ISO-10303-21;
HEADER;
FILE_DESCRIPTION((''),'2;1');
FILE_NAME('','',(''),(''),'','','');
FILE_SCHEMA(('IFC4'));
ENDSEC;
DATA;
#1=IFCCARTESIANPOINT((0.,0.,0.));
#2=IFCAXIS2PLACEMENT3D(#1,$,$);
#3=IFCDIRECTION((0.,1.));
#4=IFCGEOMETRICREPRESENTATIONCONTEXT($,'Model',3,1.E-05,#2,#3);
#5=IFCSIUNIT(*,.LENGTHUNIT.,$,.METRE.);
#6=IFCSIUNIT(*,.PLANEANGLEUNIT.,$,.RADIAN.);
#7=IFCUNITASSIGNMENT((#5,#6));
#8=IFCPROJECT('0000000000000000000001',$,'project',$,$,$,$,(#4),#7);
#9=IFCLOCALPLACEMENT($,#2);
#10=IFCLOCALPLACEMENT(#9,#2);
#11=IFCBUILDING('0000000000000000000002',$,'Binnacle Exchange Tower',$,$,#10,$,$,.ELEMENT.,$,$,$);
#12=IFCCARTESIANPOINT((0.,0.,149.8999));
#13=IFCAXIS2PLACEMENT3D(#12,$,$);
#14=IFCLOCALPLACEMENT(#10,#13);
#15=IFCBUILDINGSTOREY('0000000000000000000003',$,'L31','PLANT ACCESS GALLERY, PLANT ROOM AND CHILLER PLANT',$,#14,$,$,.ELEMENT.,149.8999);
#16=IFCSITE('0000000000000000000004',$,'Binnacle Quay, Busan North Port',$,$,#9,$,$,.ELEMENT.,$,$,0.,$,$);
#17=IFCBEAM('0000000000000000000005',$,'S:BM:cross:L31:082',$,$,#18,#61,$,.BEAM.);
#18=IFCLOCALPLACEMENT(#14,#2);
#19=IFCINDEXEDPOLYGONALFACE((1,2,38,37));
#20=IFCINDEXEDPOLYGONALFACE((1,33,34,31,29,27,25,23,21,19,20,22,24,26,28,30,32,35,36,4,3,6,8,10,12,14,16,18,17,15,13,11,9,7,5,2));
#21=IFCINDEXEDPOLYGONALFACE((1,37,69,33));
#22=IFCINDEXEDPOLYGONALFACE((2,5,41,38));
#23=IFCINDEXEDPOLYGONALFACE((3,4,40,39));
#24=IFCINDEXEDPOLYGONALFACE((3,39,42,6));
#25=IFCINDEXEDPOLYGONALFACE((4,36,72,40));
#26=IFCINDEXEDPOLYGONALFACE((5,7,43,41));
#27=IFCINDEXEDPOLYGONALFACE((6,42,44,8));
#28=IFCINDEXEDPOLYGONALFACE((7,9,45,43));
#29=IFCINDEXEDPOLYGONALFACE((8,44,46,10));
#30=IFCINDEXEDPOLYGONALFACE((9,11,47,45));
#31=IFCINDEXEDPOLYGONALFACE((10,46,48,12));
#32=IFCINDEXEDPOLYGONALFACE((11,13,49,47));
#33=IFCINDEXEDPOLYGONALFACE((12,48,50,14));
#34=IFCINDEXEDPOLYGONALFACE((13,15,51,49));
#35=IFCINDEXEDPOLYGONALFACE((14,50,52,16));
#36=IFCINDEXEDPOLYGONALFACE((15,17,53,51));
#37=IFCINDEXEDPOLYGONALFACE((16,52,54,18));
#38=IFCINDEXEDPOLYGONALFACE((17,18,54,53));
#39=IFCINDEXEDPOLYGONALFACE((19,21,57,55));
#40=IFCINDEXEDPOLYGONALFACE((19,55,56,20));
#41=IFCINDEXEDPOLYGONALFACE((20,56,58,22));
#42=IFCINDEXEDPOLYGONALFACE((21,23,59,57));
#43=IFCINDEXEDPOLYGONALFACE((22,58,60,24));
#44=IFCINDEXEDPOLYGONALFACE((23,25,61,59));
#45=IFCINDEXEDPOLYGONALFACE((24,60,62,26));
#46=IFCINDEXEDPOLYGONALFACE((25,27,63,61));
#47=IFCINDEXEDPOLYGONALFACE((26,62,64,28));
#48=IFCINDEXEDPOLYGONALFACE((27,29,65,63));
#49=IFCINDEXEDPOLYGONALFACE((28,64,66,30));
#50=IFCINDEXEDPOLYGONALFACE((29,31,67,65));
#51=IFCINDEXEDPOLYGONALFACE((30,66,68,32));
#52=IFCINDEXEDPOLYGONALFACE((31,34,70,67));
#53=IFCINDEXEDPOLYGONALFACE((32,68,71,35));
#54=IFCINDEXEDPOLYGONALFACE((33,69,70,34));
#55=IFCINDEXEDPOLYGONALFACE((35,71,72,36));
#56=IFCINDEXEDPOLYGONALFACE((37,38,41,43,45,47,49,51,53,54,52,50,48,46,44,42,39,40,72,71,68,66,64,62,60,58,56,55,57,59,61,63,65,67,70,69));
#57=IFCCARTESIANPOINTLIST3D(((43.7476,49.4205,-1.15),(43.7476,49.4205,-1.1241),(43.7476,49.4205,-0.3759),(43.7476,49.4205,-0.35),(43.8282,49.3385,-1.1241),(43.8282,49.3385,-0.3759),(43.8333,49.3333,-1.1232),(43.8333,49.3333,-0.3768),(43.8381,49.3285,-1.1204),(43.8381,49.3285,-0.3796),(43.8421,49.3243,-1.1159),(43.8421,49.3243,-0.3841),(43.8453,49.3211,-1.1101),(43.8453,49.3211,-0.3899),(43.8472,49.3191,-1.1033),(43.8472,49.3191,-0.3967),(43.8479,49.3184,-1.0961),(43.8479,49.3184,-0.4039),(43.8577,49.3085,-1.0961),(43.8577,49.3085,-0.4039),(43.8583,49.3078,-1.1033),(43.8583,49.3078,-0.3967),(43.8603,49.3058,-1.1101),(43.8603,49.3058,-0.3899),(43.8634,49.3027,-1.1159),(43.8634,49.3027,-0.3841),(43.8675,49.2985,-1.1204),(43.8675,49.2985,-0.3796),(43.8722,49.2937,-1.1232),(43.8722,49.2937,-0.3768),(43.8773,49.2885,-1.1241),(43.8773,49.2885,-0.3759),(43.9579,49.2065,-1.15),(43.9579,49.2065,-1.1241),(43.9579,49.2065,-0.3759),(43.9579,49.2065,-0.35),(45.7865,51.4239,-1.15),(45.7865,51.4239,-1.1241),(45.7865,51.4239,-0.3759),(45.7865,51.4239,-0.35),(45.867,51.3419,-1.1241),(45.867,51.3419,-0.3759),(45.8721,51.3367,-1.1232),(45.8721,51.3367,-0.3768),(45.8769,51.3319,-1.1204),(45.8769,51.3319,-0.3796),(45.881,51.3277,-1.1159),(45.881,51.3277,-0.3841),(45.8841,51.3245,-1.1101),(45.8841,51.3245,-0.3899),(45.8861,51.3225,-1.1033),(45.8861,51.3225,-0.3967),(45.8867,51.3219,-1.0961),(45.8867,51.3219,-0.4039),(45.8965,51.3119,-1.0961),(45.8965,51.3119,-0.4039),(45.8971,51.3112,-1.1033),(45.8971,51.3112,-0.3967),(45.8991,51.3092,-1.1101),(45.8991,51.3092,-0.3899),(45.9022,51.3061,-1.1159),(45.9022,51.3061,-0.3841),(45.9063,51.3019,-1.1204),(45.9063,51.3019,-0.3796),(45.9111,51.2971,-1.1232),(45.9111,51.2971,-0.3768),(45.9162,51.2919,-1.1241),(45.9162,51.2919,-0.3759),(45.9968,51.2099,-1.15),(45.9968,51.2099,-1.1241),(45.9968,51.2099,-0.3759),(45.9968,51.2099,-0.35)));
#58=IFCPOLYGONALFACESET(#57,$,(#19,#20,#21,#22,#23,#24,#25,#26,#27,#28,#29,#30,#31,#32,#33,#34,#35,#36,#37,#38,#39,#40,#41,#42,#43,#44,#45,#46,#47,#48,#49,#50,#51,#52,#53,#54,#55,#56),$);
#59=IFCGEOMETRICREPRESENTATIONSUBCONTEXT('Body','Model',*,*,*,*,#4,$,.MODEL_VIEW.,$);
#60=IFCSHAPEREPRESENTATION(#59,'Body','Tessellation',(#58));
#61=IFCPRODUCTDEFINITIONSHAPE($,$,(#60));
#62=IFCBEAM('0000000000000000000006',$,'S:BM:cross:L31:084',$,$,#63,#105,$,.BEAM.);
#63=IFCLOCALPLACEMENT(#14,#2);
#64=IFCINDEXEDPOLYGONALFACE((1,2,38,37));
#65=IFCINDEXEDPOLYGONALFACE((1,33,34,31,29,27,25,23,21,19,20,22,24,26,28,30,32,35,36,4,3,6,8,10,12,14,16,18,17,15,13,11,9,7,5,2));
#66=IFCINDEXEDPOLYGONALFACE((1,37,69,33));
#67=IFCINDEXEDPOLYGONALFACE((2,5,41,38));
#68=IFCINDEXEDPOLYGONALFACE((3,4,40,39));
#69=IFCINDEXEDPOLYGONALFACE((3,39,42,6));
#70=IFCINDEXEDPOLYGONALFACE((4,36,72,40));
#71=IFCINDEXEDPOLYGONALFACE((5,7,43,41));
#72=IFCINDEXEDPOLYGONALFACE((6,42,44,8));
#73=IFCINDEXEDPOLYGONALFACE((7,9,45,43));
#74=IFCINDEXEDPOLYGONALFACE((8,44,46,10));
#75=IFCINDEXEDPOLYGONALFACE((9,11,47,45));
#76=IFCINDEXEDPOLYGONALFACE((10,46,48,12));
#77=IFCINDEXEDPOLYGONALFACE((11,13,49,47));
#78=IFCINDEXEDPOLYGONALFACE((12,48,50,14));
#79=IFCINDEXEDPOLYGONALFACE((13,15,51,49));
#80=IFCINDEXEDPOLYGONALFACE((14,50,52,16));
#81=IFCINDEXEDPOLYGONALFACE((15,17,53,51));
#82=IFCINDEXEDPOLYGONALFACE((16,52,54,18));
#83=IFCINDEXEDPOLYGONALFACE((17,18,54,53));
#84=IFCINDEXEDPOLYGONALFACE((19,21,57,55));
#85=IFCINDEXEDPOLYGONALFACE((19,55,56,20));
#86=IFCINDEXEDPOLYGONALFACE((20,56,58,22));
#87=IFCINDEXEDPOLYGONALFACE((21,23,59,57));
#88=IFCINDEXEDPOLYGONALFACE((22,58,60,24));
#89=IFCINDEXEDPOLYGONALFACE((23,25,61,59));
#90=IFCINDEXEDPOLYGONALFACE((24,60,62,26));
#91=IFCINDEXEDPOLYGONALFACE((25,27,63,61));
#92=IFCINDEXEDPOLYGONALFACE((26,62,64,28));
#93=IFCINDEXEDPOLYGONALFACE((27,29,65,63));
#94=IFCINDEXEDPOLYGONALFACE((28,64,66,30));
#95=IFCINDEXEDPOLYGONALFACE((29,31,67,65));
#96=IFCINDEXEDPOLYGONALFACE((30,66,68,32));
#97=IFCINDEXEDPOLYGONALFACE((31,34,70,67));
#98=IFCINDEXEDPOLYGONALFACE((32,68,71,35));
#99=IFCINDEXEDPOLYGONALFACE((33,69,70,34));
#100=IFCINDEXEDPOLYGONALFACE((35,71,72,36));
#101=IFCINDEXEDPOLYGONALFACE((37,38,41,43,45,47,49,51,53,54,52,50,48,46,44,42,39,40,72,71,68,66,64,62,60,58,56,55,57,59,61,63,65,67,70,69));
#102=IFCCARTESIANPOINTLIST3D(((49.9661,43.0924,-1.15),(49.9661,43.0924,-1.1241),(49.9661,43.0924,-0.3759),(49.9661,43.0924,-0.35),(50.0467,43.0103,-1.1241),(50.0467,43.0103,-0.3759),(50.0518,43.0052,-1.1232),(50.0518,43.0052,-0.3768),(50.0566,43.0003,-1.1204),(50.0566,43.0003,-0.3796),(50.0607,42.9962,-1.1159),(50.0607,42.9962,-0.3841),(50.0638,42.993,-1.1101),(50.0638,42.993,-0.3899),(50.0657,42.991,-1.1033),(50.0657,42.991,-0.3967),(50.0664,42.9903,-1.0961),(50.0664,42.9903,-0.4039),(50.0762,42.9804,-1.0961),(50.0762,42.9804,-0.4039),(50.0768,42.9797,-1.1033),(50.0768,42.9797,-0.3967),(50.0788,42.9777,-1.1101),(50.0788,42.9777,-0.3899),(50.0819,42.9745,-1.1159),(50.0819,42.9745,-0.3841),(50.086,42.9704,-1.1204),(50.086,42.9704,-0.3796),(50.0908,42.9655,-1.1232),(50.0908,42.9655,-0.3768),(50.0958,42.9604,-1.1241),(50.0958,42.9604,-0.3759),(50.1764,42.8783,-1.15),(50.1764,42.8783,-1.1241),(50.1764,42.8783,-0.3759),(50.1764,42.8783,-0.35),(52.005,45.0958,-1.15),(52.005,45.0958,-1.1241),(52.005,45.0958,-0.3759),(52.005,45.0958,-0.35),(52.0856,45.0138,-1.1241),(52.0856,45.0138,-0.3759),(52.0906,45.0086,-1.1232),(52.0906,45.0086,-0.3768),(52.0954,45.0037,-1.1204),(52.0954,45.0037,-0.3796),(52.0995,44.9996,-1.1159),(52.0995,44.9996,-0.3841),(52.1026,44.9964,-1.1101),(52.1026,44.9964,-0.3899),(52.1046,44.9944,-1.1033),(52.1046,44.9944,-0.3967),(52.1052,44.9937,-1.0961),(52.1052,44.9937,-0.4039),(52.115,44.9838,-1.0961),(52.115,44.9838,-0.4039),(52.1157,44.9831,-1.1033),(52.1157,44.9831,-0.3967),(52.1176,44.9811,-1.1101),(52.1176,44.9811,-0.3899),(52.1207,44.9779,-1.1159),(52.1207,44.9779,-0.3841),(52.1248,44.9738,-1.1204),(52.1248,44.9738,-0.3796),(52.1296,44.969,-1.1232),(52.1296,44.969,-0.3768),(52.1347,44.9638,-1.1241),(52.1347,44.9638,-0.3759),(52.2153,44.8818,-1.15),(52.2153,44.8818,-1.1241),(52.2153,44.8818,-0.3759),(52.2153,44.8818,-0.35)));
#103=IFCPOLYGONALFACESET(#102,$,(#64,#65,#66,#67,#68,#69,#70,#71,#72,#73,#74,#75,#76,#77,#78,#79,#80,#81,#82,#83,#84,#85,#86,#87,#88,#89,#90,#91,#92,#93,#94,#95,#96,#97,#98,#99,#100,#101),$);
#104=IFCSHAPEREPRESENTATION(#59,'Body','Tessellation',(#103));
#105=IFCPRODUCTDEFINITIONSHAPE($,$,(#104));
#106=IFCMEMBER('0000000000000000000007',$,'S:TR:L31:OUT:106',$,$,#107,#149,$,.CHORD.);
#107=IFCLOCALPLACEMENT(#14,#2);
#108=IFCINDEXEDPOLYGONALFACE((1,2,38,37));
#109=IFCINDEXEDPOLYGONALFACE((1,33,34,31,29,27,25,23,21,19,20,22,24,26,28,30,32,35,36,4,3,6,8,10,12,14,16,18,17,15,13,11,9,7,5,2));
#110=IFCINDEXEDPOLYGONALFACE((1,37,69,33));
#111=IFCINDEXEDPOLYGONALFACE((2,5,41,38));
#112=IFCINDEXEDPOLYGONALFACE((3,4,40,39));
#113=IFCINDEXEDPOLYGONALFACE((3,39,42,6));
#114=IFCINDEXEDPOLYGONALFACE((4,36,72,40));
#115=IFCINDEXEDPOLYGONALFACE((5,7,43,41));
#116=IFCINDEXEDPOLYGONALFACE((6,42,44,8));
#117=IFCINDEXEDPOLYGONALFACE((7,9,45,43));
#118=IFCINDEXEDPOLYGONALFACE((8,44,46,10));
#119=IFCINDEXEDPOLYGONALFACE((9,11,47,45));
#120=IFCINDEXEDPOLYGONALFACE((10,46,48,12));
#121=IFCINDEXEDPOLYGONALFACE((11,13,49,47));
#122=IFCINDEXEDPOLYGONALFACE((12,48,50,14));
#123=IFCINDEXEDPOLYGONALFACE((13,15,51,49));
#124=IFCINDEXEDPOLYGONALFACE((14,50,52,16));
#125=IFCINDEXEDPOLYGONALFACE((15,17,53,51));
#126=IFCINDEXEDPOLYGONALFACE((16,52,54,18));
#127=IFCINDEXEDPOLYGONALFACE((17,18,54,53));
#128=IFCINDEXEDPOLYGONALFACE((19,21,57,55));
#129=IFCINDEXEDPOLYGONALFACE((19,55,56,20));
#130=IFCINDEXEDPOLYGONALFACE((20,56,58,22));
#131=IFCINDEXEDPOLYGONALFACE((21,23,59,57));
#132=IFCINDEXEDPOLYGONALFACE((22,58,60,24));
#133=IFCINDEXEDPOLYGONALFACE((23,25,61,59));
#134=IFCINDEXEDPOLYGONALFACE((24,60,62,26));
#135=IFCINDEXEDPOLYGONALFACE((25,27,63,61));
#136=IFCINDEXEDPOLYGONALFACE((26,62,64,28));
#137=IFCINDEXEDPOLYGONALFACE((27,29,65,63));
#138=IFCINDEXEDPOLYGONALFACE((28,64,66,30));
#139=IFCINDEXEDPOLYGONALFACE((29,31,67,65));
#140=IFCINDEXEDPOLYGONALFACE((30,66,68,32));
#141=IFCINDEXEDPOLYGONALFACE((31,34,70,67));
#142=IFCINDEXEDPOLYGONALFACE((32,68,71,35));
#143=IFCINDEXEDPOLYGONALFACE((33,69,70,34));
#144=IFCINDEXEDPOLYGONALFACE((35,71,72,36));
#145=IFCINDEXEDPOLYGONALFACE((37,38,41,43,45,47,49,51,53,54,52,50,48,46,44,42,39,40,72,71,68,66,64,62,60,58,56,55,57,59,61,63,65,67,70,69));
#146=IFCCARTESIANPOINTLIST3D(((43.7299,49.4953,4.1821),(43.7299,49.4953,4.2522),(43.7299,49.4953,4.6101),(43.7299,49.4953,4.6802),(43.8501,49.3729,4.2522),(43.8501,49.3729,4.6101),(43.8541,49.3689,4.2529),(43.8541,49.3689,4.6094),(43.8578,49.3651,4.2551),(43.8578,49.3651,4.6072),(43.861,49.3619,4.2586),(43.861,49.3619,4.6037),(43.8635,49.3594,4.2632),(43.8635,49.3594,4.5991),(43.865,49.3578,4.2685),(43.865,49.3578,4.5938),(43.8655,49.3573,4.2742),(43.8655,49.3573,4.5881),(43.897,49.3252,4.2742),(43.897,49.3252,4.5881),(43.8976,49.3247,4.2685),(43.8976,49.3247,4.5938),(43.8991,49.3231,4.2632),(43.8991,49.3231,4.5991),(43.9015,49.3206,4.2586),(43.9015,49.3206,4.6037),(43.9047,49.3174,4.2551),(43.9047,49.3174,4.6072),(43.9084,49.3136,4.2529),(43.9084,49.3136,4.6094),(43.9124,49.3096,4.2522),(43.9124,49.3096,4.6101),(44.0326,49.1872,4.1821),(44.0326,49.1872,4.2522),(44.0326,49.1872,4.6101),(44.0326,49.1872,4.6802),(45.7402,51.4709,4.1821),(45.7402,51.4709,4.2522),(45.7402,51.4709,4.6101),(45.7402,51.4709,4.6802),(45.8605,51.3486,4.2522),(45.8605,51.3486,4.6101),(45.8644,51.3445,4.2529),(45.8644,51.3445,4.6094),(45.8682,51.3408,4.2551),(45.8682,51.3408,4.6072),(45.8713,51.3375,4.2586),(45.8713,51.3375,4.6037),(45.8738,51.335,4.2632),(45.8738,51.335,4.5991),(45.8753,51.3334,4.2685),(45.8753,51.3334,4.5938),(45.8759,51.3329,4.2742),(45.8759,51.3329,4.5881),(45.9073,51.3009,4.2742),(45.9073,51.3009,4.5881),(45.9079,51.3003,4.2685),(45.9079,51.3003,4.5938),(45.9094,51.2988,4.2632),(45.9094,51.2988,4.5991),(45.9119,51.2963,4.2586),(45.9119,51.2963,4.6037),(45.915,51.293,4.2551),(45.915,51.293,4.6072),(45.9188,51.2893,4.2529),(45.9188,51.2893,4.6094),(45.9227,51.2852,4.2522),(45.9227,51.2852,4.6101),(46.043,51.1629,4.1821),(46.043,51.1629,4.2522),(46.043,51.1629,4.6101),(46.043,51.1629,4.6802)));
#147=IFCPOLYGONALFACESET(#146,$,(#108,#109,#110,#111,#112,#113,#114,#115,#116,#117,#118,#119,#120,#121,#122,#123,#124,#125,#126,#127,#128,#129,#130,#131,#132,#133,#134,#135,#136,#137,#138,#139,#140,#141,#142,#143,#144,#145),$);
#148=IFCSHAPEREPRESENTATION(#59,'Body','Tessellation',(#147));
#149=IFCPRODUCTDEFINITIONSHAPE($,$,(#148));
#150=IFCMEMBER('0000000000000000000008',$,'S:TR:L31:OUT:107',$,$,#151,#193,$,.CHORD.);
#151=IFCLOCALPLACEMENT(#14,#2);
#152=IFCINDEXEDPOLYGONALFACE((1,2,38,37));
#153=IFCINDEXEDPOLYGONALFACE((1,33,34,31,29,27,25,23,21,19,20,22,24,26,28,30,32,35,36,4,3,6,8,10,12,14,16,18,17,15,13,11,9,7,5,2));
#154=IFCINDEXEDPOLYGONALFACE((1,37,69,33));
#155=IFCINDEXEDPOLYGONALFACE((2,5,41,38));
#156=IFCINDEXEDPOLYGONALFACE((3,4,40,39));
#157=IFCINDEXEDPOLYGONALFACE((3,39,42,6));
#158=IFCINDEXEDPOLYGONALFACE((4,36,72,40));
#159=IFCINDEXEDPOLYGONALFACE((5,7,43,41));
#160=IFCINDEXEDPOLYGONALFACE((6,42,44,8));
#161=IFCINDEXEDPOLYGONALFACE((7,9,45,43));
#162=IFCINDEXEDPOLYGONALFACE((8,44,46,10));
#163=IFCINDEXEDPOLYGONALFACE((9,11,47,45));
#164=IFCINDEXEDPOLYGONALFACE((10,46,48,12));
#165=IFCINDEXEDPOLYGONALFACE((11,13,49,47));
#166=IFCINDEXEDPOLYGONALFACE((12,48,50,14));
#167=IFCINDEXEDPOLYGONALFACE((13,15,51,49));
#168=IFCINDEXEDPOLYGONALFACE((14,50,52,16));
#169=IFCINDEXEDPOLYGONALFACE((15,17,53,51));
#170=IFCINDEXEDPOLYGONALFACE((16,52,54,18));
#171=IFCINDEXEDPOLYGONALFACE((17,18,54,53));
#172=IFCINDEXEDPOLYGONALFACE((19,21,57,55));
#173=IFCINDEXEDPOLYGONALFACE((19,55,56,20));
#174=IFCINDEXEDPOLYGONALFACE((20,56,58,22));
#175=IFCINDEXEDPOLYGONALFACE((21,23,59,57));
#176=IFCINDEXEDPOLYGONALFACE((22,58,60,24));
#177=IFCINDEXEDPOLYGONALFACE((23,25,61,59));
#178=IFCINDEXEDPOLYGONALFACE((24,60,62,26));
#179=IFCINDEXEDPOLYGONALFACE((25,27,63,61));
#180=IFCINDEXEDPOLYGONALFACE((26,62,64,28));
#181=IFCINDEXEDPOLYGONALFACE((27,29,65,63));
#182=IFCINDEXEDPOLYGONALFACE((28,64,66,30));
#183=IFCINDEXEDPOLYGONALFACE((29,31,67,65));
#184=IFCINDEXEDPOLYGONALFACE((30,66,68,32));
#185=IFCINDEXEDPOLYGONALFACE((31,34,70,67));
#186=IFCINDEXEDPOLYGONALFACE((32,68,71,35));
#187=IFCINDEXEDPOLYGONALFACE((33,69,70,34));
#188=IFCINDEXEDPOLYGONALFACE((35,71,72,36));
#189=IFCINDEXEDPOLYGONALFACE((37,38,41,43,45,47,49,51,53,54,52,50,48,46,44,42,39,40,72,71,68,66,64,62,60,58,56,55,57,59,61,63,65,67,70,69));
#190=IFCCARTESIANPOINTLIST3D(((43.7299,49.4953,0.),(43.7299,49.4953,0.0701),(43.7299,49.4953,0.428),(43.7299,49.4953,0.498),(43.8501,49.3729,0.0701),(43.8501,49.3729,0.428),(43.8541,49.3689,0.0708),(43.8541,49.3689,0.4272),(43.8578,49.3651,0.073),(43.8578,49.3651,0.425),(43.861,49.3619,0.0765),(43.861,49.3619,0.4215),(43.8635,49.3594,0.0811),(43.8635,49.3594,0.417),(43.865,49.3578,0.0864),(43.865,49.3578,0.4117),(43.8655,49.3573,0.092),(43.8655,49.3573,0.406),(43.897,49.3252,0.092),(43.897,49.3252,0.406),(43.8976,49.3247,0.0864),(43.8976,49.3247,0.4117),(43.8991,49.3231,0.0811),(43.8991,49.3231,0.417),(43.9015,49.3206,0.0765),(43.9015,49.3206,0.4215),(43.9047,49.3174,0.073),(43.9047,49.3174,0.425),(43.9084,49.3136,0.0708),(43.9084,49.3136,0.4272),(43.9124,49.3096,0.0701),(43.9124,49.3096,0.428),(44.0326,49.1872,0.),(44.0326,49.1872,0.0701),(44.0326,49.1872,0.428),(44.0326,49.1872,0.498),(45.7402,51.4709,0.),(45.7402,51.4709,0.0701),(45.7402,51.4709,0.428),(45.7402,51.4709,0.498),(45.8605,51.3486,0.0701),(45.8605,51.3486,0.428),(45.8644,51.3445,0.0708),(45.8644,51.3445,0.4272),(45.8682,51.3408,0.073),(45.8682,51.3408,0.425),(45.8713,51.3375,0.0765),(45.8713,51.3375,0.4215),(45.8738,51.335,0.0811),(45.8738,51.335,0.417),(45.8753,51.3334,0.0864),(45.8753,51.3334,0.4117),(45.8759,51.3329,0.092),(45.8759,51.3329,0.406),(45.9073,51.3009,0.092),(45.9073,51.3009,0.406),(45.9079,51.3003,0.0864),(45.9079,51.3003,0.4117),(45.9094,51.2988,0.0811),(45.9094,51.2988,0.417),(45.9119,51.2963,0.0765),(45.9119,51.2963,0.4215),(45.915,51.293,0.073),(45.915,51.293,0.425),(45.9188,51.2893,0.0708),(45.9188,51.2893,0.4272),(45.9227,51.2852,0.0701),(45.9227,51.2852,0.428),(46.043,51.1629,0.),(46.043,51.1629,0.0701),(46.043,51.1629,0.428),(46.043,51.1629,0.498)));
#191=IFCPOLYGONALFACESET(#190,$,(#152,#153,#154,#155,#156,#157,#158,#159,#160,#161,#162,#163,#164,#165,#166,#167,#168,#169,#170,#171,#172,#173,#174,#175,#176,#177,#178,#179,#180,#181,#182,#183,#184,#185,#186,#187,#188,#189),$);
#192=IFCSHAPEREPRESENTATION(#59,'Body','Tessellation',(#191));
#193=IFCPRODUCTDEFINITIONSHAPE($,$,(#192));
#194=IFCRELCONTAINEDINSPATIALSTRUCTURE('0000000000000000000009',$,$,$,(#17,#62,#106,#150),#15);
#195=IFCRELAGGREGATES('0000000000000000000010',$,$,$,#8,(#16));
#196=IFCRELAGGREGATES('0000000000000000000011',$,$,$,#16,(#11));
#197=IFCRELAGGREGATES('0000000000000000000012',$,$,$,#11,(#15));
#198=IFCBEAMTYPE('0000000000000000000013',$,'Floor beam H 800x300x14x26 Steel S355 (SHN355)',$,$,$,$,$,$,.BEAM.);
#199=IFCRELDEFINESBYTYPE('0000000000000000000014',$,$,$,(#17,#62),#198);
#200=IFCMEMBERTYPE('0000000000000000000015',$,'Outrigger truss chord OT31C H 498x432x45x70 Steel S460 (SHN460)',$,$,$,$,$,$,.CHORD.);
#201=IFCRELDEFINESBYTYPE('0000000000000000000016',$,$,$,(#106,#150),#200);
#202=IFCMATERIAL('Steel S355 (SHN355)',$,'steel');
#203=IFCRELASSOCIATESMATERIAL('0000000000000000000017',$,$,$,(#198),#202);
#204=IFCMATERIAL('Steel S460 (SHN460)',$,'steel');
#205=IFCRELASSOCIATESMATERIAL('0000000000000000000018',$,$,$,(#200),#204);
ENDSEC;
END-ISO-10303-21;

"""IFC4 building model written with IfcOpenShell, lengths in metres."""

from ifc_helpers import new_model, si_unit, direction, frame, origin, origin_2d, place, context, subcontext, project, spatial, i_section, extrude, material, material_profile, profile_set, type_object, element, save


model = new_model("IFC4")

# Units and contexts
model_context = context("Model", 3, precision=1e-05, world=origin(), true_north=direction((0.0, 1.0)))
body_context = subcontext(model_context, "Body", "Model", "MODEL_VIEW")
ifc_project = project(units=[si_unit("LENGTHUNIT", "METRE"), si_unit("PLANEANGLEUNIT", "RADIAN")], contexts=[model_context])

# Site, building, storey
site_placement = place(None, origin())
site = spatial("IfcSite", under=ifc_project, at=site_placement, Name="Binnacle Quay, Busan North Port", CompositionType="ELEMENT", RefElevation=0.0)
building_placement = place(site_placement, origin())
building = spatial("IfcBuilding", under=site, at=building_placement, Name="Binnacle Exchange Tower", CompositionType="ELEMENT")
storey_placement = place(building_placement, frame((0.0, 0.0, 149.8999)))
storey = spatial("IfcBuildingStorey", under=building, at=storey_placement, Name="L31", Description="PLANT ACCESS GALLERY, PLANT ROOM AND CHILLER PLANT", CompositionType="ELEMENT", Elevation=149.8999)

# Shared definitions
ifc_material_1 = material(Name="Steel S460 (SHN460)", Category="steel")
ifc_material_2 = material(Name="Steel S355 (SHN355)", Category="steel")

# Beams
ifc_material_profile_1 = material_profile(ifc_material_2, i_section(OverallWidth=0.3, OverallDepth=0.8, WebThickness=0.0139, FlangeThickness=0.0259, FilletRadius=0.0281, at=origin_2d()), Name="H 800x300x14x26")
ifc_profile_set_1 = profile_set([ifc_material_profile_1], Name="Steel S355 (SHN355)")
beam_type_1 = type_object("IfcBeamType", Name="Floor beam H 800x300x14x26 Steel S355 (SHN355)", PredefinedType="BEAM", material=ifc_profile_set_1)
for number, where, z_axis, x_axis, name in (
    (1, (45.8916, 51.3169, -0.75), (-0.713272, -0.700887, 0.0), (0.700887, -0.713272, 0.0), "S:BM:cross:L31:082"),
    (2, (52.1101, 44.9888, -0.75), (-0.713272, -0.700887, 0.0), (0.700887, -0.713272, 0.0), "S:BM:cross:L31:084"),
):
    element("IfcBeam", number, at=place(storey_placement, frame(where, z_axis=z_axis, x_axis=x_axis)), inside=storey, type_object=beam_type_1, Name=name, PredefinedType="BEAM", context=body_context, shape_type="SweptSolid", body=[
        extrude(i_section(OverallWidth=0.3, OverallDepth=0.8, WebThickness=0.0139, FlangeThickness=0.0259, FilletRadius=0.0281, at=origin_2d()), origin(), (0.0, 0.0, 1.0), 2.8584),
    ])

# Members
ifc_material_profile_2 = material_profile(ifc_material_1, i_section(OverallWidth=0.4319, OverallDepth=0.498, WebThickness=0.0449, FlangeThickness=0.0701, FilletRadius=0.022, at=origin_2d()), Name="H 498x432x45x70")
ifc_profile_set_2 = profile_set([ifc_material_profile_2], Name="Steel S460 (SHN460)")
member_type_1 = type_object("IfcMemberType", Name="Outrigger truss chord OT31C H 498x432x45x70 Steel S460 (SHN460)", PredefinedType="CHORD", material=ifc_profile_set_2)
for number, where, z_axis, x_axis, name in (
    (3, (45.8916, 51.3169, 4.4312), (-0.71323, -0.70093, 0.0), (0.70093, -0.71323, 0.0), "S:TR:L31:OUT:106"),
    (4, (45.8916, 51.3169, 0.249), (-0.71323, -0.70093, 0.0), (0.70093, -0.71323, 0.0), "S:TR:L31:OUT:107"),
):
    element("IfcMember", number, at=place(storey_placement, frame(where, z_axis=z_axis, x_axis=x_axis)), inside=storey, type_object=member_type_1, Name=name, PredefinedType="CHORD", context=body_context, shape_type="SweptSolid", body=[
        extrude(i_section(OverallWidth=0.4319, OverallDepth=0.498, WebThickness=0.0449, FlangeThickness=0.0701, FilletRadius=0.022, at=origin_2d()), origin(), (0.0, 0.0, 1.0), 2.8186),
    ])

save(model, "model.ifc")
